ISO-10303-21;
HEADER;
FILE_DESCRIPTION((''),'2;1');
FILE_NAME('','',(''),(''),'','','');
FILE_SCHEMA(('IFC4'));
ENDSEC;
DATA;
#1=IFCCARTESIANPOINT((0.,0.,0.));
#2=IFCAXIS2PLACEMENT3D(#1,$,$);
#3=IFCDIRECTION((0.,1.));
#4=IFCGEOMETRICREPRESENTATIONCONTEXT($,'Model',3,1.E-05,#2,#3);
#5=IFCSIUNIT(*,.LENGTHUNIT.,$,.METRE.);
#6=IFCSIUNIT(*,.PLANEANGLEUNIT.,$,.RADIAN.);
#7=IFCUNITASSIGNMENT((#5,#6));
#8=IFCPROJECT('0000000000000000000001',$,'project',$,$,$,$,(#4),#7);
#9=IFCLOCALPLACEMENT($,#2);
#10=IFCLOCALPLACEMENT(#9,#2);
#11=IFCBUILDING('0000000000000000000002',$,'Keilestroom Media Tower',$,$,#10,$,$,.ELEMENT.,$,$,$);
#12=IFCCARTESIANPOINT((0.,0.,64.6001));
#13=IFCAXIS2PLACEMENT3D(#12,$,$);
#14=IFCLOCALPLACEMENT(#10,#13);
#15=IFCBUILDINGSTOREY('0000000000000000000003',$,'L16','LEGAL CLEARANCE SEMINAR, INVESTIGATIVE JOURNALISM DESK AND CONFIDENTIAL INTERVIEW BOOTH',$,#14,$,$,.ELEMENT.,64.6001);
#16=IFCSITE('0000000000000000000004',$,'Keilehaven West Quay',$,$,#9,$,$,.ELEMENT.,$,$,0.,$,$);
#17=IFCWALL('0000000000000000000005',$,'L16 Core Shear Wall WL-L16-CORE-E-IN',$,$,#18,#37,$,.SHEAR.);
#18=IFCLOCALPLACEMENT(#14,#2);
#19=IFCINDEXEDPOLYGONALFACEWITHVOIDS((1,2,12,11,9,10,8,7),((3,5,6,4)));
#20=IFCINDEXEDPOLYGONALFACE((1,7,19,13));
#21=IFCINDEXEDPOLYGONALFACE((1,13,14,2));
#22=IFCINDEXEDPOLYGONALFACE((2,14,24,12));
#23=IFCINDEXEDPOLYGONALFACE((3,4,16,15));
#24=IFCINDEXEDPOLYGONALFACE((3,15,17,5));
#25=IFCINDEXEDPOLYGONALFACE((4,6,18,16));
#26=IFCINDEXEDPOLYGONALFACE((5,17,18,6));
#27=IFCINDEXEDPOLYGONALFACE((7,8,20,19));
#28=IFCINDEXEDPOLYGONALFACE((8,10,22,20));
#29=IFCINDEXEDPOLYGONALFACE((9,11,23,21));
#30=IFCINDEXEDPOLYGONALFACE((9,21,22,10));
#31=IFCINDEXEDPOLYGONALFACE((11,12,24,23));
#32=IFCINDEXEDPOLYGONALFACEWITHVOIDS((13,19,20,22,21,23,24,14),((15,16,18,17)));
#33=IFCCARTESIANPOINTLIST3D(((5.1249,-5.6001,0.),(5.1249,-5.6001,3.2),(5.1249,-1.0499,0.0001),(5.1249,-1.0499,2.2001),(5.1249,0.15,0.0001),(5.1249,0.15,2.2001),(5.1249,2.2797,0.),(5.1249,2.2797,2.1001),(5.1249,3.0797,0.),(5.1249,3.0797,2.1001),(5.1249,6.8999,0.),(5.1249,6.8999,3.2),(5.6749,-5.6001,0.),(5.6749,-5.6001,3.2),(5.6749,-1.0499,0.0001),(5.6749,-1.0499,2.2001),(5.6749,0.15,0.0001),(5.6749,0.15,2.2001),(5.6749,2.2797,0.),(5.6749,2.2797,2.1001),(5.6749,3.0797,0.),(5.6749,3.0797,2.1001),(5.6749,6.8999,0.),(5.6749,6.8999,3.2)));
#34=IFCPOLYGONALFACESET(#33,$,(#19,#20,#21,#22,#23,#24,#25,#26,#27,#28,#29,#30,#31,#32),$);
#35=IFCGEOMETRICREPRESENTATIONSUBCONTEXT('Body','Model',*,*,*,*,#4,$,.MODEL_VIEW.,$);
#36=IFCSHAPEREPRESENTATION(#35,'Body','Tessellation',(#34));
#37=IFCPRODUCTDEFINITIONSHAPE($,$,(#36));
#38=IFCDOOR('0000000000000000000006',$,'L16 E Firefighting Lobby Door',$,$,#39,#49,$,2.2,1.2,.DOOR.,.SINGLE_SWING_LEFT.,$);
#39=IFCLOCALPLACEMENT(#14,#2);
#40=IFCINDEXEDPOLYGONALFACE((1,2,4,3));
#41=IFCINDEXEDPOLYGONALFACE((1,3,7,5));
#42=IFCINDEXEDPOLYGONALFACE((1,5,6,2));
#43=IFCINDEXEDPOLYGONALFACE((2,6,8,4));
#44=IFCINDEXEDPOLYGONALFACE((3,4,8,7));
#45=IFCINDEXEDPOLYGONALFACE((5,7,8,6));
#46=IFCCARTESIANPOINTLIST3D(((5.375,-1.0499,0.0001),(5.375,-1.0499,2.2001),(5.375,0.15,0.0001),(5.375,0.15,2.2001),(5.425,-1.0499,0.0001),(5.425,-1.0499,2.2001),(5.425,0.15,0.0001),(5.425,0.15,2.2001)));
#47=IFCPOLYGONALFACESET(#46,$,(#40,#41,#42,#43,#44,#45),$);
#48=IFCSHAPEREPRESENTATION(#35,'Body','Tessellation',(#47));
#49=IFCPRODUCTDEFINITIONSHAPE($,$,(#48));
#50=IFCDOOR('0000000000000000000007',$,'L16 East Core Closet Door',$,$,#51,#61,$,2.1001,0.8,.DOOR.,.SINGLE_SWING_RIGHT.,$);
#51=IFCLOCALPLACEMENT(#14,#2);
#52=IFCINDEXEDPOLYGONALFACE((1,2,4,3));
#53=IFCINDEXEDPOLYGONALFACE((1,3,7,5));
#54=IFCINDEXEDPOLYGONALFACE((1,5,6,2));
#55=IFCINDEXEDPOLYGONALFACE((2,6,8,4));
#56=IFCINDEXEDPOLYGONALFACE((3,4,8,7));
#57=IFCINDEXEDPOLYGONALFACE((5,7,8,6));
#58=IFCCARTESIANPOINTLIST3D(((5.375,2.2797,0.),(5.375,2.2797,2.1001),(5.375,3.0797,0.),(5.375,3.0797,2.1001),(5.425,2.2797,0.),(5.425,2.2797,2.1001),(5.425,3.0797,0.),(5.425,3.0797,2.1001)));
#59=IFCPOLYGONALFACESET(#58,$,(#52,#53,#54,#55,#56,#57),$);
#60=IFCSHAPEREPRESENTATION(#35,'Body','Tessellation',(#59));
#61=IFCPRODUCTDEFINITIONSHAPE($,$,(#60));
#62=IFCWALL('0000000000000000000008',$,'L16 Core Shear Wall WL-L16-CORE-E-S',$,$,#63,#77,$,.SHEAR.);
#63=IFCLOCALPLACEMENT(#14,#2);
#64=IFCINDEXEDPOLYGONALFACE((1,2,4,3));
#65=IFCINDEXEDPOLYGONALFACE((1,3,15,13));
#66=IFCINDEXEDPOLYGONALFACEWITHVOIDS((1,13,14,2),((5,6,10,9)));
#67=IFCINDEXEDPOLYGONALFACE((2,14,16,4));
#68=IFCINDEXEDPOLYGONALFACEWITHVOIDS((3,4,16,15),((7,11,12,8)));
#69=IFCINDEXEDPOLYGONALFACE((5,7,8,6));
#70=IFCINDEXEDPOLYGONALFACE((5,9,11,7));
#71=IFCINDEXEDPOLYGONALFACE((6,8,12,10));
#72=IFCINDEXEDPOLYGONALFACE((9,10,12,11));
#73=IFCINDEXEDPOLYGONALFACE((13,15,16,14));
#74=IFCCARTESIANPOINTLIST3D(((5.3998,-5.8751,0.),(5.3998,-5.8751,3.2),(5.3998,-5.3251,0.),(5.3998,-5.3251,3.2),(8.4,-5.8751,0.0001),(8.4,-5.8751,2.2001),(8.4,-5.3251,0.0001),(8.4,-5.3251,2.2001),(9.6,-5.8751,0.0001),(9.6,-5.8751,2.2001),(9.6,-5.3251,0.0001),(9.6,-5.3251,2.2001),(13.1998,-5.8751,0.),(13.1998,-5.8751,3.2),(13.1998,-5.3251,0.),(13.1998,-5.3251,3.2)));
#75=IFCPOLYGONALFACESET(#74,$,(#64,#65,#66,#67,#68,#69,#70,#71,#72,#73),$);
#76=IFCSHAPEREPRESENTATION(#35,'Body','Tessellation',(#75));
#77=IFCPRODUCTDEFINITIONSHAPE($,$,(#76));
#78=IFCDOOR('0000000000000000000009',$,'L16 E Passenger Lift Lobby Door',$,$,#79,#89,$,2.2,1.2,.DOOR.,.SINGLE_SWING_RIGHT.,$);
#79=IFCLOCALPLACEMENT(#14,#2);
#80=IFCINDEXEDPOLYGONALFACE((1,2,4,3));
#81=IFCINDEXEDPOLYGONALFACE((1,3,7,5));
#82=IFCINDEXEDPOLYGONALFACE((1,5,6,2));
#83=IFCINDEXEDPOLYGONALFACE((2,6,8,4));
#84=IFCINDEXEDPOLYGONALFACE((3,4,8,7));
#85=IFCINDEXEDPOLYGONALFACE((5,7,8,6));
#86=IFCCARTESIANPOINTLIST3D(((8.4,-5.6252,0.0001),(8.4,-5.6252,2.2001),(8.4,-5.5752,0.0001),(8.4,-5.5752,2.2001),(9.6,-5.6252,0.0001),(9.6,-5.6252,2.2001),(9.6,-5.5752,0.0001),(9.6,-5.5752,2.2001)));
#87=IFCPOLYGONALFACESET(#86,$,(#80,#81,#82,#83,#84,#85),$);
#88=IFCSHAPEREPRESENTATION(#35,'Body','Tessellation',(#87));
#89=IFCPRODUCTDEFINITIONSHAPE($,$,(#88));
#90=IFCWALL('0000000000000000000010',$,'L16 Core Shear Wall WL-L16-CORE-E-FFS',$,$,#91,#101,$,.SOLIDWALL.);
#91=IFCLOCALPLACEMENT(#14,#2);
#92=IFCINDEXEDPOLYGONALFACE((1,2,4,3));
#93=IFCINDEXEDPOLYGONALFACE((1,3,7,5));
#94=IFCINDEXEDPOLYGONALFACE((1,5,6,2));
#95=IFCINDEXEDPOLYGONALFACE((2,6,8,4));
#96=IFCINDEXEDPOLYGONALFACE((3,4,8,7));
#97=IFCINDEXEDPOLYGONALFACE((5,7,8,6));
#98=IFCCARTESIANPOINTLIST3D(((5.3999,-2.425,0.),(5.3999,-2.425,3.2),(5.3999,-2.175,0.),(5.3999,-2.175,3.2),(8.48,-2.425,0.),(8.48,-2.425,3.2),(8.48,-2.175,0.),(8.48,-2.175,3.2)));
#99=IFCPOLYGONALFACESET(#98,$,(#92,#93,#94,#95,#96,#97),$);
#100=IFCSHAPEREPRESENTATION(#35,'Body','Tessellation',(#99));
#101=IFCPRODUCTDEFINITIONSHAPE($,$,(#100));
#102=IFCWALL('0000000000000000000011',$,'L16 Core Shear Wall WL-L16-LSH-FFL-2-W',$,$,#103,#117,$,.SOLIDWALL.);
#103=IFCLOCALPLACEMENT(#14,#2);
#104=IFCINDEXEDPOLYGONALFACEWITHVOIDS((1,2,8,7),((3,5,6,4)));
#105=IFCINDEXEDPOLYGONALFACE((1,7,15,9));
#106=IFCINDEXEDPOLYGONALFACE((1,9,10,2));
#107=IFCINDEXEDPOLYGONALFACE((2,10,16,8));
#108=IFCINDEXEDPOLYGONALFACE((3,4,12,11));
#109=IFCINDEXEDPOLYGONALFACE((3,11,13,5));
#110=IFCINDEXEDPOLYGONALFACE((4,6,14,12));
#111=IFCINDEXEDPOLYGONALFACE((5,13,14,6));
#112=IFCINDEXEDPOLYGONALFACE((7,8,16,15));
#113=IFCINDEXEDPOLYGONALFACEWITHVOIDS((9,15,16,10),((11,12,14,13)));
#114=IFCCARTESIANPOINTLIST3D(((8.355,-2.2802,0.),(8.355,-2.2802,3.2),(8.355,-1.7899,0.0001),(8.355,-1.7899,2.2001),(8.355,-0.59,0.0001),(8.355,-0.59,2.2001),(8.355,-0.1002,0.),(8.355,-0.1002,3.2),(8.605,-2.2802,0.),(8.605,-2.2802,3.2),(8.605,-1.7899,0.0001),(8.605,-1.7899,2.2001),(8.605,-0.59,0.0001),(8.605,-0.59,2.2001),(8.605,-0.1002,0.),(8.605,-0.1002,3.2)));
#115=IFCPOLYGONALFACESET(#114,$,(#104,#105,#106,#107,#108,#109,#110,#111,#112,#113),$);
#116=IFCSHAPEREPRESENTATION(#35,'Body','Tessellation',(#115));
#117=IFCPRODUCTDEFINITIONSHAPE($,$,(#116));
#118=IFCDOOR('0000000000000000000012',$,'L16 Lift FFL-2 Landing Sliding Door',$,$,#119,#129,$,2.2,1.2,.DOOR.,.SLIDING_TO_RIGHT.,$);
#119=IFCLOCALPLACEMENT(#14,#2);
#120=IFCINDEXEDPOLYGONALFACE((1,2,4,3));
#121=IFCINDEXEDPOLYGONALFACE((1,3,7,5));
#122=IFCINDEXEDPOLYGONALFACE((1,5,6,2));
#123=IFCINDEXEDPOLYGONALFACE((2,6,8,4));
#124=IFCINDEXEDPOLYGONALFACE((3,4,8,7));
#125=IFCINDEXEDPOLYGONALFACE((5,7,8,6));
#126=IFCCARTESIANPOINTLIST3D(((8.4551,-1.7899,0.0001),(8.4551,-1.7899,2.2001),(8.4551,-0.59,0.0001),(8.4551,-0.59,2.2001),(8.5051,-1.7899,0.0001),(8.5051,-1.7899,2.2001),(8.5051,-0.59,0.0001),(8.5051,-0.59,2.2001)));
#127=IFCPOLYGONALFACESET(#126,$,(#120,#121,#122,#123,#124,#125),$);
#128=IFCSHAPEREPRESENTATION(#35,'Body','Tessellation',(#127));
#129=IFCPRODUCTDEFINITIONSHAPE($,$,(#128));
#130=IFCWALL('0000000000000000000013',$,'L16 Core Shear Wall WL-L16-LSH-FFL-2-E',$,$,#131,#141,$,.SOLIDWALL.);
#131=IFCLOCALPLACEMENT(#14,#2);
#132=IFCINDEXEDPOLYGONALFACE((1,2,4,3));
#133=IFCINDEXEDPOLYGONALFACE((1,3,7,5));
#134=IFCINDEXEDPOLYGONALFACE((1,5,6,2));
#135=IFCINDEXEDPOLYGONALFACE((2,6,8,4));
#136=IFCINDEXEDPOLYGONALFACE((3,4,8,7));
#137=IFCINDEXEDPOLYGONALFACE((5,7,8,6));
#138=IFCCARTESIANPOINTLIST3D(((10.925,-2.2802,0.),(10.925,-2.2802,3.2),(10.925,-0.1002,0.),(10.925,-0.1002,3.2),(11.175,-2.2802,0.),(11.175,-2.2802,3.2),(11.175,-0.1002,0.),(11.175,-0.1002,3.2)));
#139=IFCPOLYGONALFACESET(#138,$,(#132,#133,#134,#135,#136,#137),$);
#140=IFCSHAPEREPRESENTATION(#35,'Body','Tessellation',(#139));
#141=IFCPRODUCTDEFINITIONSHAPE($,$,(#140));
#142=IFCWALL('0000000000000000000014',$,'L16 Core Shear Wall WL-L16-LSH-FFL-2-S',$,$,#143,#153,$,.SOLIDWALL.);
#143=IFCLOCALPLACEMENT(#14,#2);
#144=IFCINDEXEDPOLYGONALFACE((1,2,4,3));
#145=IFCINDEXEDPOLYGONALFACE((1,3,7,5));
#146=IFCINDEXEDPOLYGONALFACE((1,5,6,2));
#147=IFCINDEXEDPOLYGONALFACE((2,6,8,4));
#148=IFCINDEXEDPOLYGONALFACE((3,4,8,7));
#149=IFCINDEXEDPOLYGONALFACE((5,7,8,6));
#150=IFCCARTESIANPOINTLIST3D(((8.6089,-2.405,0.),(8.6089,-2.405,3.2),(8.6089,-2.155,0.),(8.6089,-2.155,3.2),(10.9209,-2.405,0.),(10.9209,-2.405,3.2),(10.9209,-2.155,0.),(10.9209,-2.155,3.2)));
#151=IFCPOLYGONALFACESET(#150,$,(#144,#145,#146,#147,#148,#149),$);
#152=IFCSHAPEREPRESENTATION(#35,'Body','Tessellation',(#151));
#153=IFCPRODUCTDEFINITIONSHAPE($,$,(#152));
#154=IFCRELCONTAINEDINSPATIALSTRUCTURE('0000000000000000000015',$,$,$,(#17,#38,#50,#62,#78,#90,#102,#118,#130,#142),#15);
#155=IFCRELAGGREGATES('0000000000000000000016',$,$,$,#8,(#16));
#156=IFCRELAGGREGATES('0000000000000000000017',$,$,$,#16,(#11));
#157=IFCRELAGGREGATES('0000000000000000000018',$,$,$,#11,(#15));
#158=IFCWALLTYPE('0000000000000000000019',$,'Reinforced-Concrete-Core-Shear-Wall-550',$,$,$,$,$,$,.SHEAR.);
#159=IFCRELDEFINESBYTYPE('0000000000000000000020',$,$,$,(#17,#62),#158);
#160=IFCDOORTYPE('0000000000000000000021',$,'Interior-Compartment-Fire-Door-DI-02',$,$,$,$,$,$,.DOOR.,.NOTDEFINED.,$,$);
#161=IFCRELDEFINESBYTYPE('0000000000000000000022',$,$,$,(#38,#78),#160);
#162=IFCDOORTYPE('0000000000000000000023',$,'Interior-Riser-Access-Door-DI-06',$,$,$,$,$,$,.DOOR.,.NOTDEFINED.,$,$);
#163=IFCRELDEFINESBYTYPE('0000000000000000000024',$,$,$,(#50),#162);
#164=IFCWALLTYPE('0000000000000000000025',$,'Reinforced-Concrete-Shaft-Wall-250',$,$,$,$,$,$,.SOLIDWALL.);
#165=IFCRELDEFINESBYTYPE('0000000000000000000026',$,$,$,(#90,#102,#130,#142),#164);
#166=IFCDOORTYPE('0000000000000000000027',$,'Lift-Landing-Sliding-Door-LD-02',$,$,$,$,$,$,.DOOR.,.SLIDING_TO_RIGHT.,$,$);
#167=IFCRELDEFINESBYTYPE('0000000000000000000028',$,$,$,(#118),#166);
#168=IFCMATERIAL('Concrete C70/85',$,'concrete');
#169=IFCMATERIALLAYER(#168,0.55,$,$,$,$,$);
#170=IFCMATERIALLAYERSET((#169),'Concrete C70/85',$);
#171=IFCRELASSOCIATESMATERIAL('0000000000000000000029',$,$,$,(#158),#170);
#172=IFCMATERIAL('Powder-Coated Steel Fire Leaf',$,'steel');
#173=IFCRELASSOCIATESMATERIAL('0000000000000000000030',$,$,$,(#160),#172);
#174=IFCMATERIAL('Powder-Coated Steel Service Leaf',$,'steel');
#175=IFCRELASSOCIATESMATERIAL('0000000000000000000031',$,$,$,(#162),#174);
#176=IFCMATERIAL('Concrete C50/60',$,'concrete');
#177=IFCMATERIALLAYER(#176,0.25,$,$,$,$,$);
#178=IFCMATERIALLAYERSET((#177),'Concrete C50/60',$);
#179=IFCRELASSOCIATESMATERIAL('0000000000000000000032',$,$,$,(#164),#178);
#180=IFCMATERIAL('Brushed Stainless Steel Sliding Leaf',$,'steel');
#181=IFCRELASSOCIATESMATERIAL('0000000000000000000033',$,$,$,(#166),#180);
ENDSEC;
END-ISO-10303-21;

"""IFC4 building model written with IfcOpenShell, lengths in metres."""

from ifc_helpers import new_model, si_unit, direction, frame, frame_2d, origin, place, context, subcontext, project, spatial, rectangle, extrude, source, transform, mapped, material, layer, layer_set, type_object, element, fill, save


model = new_model("IFC4")

# Units and contexts
model_context = context("Model", 3, precision=1e-05, world=origin(), true_north=direction((0.0, 1.0)))
body_context = subcontext(model_context, "Body", "Model", "MODEL_VIEW")
ifc_project = project(units=[si_unit("LENGTHUNIT", "METRE"), si_unit("PLANEANGLEUNIT", "RADIAN")], contexts=[model_context])

# Site, building, storey
site_placement = place(None, origin())
site = spatial("IfcSite", under=ifc_project, at=site_placement, Name="Keilehaven West Quay", CompositionType="ELEMENT", RefElevation=0.0)
building_placement = place(site_placement, origin())
building = spatial("IfcBuilding", under=site, at=building_placement, Name="Keilestroom Media Tower", CompositionType="ELEMENT")
storey_placement = place(building_placement, frame((0.0, 0.0, 64.6001)))
storey = spatial("IfcBuildingStorey", under=building, at=storey_placement, Name="L16", Description="LEGAL CLEARANCE SEMINAR, INVESTIGATIVE JOURNALISM DESK AND CONFIDENTIAL INTERVIEW BOOTH", CompositionType="ELEMENT", Elevation=64.6001)

# Shared definitions
ifc_material_1 = material(Name="Concrete C70/85", Category="concrete")

# Wall, openings, doors
ifc_layer_1 = layer(ifc_material_1, 0.55)
ifc_layer_set_1 = layer_set([ifc_layer_1], Name="Concrete C70/85")
wall_type_1 = type_object("IfcWallType", Name="Reinforced-Concrete-Core-Shear-Wall-550", PredefinedType="SHEAR", material=ifc_layer_set_1)
wall_1_placement = place(storey_placement, frame((5.3999, -5.6001, 0.0), z_axis=(0.0, 0.0, 1.0), x_axis=(0.0, 1.0, 0.0)))
wall_1 = element("IfcWall", 1, at=wall_1_placement, inside=storey, type_object=wall_type_1, Name="L16 Core Shear Wall WL-L16-CORE-E-IN", PredefinedType="SHEAR", context=body_context, shape_type="SweptSolid", body=[
    extrude(rectangle(XDim=12.5, YDim=0.55, at=frame_2d((6.25, 0.0))), origin(), (0.0, 0.0, 1.0), 3.2),
])
opening_1_placement = place(wall_1_placement, frame((4.55, 0.0, 0.0)))
opening_1 = element("IfcOpeningElement", 2, at=opening_1_placement, cuts=wall_1, PredefinedType="OPENING", context=body_context, shape_type="SweptSolid", body=[
    extrude(rectangle(XDim=1.2, YDim=2.2, at=frame_2d((0.6001, 1.1001))), frame((0.0, 0.2852, 0.0), z_axis=(0.0, -1.0, 0.0), x_axis=(1.0, 0.0, 0.0)), (0.0, 0.0, 1.0), 0.5701),
])
opening_2_placement = place(wall_1_placement, frame((7.8799, 0.0, 0.0)))
opening_2 = element("IfcOpeningElement", 3, at=opening_2_placement, cuts=wall_1, PredefinedType="OPENING", context=body_context, shape_type="SweptSolid", body=[
    extrude(rectangle(XDim=0.8, YDim=2.1001, at=frame_2d((0.3999, 1.05))), frame((0.0, 0.2852, 0.0), z_axis=(0.0, -1.0, 0.0), x_axis=(1.0, 0.0, 0.0)), (0.0, 0.0, 1.0), 0.5701),
])
ifc_material_2 = material(Name="Powder-Coated Steel Fire Leaf", Category="steel")
door_type_1 = type_object("IfcDoorType", Name="Interior-Compartment-Fire-Door-DI-02", OperationType="NOTDEFINED", PredefinedType="DOOR", material=ifc_material_2)
shared_shape_1 = source(origin(), body_context, "Body", "SweptSolid", [
    extrude(rectangle(XDim=1.2, YDim=2.2, at=frame_2d((0.6001, 1.1001))), frame((0.0, 0.0249, 0.0), z_axis=(0.0, -1.0, 0.0), x_axis=(1.0, 0.0, 0.0)), (0.0, 0.0, 1.0), 0.05),
])
door_1_placement = place(opening_1_placement, origin())
door_1 = element("IfcDoor", 4, at=door_1_placement, inside=storey, type_object=door_type_1, Name="L16 E Firefighting Lobby Door", OperationType="SINGLE_SWING_LEFT", OverallHeight=2.2, OverallWidth=1.2, PredefinedType="DOOR", context=body_context, shape_type="MappedRepresentation", body=[
    mapped(shared_shape_1, transform((0.0, 0.0, 0.0), x_axis=(1.0, 0.0, 0.0), y_axis=(0.0, 1.0, 0.0), z_axis=(0.0, 0.0, 1.0), scale=1.0)),
])
fill(opening_1, door_1)
ifc_material_3 = material(Name="Powder-Coated Steel Service Leaf", Category="steel")
door_type_2 = type_object("IfcDoorType", Name="Interior-Riser-Access-Door-DI-06", OperationType="NOTDEFINED", PredefinedType="DOOR", material=ifc_material_3)
shared_shape_2 = source(origin(), body_context, "Body", "SweptSolid", [
    extrude(rectangle(XDim=0.8, YDim=2.1001, at=frame_2d((0.3999, 1.05))), frame((0.0, 0.0249, 0.0), z_axis=(0.0, -1.0, 0.0), x_axis=(1.0, 0.0, 0.0)), (0.0, 0.0, 1.0), 0.05),
])
door_2_placement = place(opening_2_placement, origin())
door_2 = element("IfcDoor", 5, at=door_2_placement, inside=storey, type_object=door_type_2, Name="L16 East Core Closet Door", OperationType="SINGLE_SWING_RIGHT", OverallHeight=2.1001, OverallWidth=0.8, PredefinedType="DOOR", context=body_context, shape_type="MappedRepresentation", body=[
    mapped(shared_shape_2, transform((0.0, 0.0, 0.0), x_axis=(1.0, 0.0, 0.0), y_axis=(0.0, 1.0, 0.0), z_axis=(0.0, 0.0, 1.0), scale=1.0)),
])
fill(opening_2, door_2)

# Wall, opening, door
wall_2_placement = place(storey_placement, frame((5.3999, -5.6001, 0.0), z_axis=(0.0, 0.0, 1.0), x_axis=(1.0, 0.0, 0.0)))
wall_2 = element("IfcWall", 6, at=wall_2_placement, inside=storey, type_object=wall_type_1, Name="L16 Core Shear Wall WL-L16-CORE-E-S", PredefinedType="SHEAR", context=body_context, shape_type="SweptSolid", body=[
    extrude(rectangle(XDim=7.8, YDim=0.55, at=frame_2d((3.8999, 0.0))), origin(), (0.0, 0.0, 1.0), 3.2),
])
opening_3_placement = place(wall_2_placement, frame((3.0, 0.0, 0.0)))
opening_3 = element("IfcOpeningElement", 7, at=opening_3_placement, cuts=wall_2, PredefinedType="OPENING", context=body_context, shape_type="SweptSolid", body=[
    extrude(rectangle(XDim=1.2, YDim=2.2, at=frame_2d((0.6001, 1.1001))), frame((0.0, 0.2852, 0.0), z_axis=(0.0, -1.0, 0.0), x_axis=(1.0, 0.0, 0.0)), (0.0, 0.0, 1.0), 0.5701),
])
door_3_placement = place(opening_3_placement, origin())
door_3 = element("IfcDoor", 8, at=door_3_placement, inside=storey, type_object=door_type_1, Name="L16 E Passenger Lift Lobby Door", OperationType="SINGLE_SWING_RIGHT", OverallHeight=2.2, OverallWidth=1.2, PredefinedType="DOOR", context=body_context, shape_type="MappedRepresentation", body=[
    mapped(shared_shape_1, transform((0.0, 0.0, 0.0), x_axis=(1.0, 0.0, 0.0), y_axis=(0.0, 1.0, 0.0), z_axis=(0.0, 0.0, 1.0), scale=1.0)),
])
fill(opening_3, door_3)

# Wall
ifc_material_4 = material(Name="Concrete C50/60", Category="concrete")
ifc_layer_2 = layer(ifc_material_4, 0.25)
ifc_layer_set_2 = layer_set([ifc_layer_2], Name="Concrete C50/60")
wall_type_2 = type_object("IfcWallType", Name="Reinforced-Concrete-Shaft-Wall-250", PredefinedType="SOLIDWALL", material=ifc_layer_set_2)
wall_3_placement = place(storey_placement, frame((5.3999, -2.3, 0.0), z_axis=(0.0, 0.0, 1.0), x_axis=(1.0, 0.0, 0.0)))
element("IfcWall", 9, at=wall_3_placement, inside=storey, type_object=wall_type_2, Name="L16 Core Shear Wall WL-L16-CORE-E-FFS", PredefinedType="SOLIDWALL", context=body_context, shape_type="SweptSolid", body=[
    extrude(rectangle(XDim=3.0801, YDim=0.25, at=frame_2d((1.54, 0.0))), origin(), (0.0, 0.0, 1.0), 3.2),
])

# Wall, opening, door
wall_4_placement = place(storey_placement, frame((8.48, -2.28, 0.0), z_axis=(0.0, 0.0, 1.0), x_axis=(0.0, 1.0, 0.0)))
wall_4 = element("IfcWall", 10, at=wall_4_placement, inside=storey, type_object=wall_type_2, Name="L16 Core Shear Wall WL-L16-LSH-FFL-2-W", PredefinedType="SOLIDWALL", context=body_context, shape_type="SweptSolid", body=[
    extrude(rectangle(XDim=2.1799, YDim=0.25, at=frame_2d((1.0898, 0.0))), origin(), (0.0, 0.0, 1.0), 3.2),
])
opening_4_placement = place(wall_4_placement, frame((0.49, 0.0, 0.0)))
opening_4 = element("IfcOpeningElement", 11, at=opening_4_placement, cuts=wall_4, PredefinedType="OPENING", context=body_context, shape_type="SweptSolid", body=[
    extrude(rectangle(XDim=1.2, YDim=2.2, at=frame_2d((0.6001, 1.1001))), frame((0.0, 0.135, 0.0), z_axis=(0.0, -1.0, 0.0), x_axis=(1.0, 0.0, 0.0)), (0.0, 0.0, 1.0), 0.27),
])
ifc_material_5 = material(Name="Brushed Stainless Steel Sliding Leaf", Category="steel")
door_type_3 = type_object("IfcDoorType", Name="Lift-Landing-Sliding-Door-LD-02", OperationType="SLIDING_TO_RIGHT", PredefinedType="DOOR", material=ifc_material_5)
door_4_placement = place(opening_4_placement, origin())
door_4 = element("IfcDoor", 12, at=door_4_placement, inside=storey, type_object=door_type_3, Name="L16 Lift FFL-2 Landing Sliding Door", OperationType="SLIDING_TO_RIGHT", OverallHeight=2.2, OverallWidth=1.2, PredefinedType="DOOR", context=body_context, shape_type="MappedRepresentation", body=[
    mapped(shared_shape_1, transform((0.0, 0.0, 0.0), x_axis=(1.0, 0.0, 0.0), y_axis=(0.0, 1.0, 0.0), z_axis=(0.0, 0.0, 1.0), scale=1.0)),
])
fill(opening_4, door_4)

# Walls
wall_5_placement = place(storey_placement, frame((11.05, -2.28, 0.0), z_axis=(0.0, 0.0, 1.0), x_axis=(0.0, 1.0, 0.0)))
element("IfcWall", 13, at=wall_5_placement, inside=storey, type_object=wall_type_2, Name="L16 Core Shear Wall WL-L16-LSH-FFL-2-E", PredefinedType="SOLIDWALL", context=body_context, shape_type="SweptSolid", body=[
    extrude(rectangle(XDim=2.1799, YDim=0.25, at=frame_2d((1.0898, 0.0))), origin(), (0.0, 0.0, 1.0), 3.2),
])
wall_6_placement = place(storey_placement, frame((8.6089, -2.28, 0.0), z_axis=(0.0, 0.0, 1.0), x_axis=(1.0, 0.0, 0.0)))
element("IfcWall", 14, at=wall_6_placement, inside=storey, type_object=wall_type_2, Name="L16 Core Shear Wall WL-L16-LSH-FFL-2-S", PredefinedType="SOLIDWALL", context=body_context, shape_type="SweptSolid", body=[
    extrude(rectangle(XDim=2.312, YDim=0.25, at=frame_2d((1.156, 0.0))), origin(), (0.0, 0.0, 1.0), 3.2),
])

save(model, "model.ifc")
